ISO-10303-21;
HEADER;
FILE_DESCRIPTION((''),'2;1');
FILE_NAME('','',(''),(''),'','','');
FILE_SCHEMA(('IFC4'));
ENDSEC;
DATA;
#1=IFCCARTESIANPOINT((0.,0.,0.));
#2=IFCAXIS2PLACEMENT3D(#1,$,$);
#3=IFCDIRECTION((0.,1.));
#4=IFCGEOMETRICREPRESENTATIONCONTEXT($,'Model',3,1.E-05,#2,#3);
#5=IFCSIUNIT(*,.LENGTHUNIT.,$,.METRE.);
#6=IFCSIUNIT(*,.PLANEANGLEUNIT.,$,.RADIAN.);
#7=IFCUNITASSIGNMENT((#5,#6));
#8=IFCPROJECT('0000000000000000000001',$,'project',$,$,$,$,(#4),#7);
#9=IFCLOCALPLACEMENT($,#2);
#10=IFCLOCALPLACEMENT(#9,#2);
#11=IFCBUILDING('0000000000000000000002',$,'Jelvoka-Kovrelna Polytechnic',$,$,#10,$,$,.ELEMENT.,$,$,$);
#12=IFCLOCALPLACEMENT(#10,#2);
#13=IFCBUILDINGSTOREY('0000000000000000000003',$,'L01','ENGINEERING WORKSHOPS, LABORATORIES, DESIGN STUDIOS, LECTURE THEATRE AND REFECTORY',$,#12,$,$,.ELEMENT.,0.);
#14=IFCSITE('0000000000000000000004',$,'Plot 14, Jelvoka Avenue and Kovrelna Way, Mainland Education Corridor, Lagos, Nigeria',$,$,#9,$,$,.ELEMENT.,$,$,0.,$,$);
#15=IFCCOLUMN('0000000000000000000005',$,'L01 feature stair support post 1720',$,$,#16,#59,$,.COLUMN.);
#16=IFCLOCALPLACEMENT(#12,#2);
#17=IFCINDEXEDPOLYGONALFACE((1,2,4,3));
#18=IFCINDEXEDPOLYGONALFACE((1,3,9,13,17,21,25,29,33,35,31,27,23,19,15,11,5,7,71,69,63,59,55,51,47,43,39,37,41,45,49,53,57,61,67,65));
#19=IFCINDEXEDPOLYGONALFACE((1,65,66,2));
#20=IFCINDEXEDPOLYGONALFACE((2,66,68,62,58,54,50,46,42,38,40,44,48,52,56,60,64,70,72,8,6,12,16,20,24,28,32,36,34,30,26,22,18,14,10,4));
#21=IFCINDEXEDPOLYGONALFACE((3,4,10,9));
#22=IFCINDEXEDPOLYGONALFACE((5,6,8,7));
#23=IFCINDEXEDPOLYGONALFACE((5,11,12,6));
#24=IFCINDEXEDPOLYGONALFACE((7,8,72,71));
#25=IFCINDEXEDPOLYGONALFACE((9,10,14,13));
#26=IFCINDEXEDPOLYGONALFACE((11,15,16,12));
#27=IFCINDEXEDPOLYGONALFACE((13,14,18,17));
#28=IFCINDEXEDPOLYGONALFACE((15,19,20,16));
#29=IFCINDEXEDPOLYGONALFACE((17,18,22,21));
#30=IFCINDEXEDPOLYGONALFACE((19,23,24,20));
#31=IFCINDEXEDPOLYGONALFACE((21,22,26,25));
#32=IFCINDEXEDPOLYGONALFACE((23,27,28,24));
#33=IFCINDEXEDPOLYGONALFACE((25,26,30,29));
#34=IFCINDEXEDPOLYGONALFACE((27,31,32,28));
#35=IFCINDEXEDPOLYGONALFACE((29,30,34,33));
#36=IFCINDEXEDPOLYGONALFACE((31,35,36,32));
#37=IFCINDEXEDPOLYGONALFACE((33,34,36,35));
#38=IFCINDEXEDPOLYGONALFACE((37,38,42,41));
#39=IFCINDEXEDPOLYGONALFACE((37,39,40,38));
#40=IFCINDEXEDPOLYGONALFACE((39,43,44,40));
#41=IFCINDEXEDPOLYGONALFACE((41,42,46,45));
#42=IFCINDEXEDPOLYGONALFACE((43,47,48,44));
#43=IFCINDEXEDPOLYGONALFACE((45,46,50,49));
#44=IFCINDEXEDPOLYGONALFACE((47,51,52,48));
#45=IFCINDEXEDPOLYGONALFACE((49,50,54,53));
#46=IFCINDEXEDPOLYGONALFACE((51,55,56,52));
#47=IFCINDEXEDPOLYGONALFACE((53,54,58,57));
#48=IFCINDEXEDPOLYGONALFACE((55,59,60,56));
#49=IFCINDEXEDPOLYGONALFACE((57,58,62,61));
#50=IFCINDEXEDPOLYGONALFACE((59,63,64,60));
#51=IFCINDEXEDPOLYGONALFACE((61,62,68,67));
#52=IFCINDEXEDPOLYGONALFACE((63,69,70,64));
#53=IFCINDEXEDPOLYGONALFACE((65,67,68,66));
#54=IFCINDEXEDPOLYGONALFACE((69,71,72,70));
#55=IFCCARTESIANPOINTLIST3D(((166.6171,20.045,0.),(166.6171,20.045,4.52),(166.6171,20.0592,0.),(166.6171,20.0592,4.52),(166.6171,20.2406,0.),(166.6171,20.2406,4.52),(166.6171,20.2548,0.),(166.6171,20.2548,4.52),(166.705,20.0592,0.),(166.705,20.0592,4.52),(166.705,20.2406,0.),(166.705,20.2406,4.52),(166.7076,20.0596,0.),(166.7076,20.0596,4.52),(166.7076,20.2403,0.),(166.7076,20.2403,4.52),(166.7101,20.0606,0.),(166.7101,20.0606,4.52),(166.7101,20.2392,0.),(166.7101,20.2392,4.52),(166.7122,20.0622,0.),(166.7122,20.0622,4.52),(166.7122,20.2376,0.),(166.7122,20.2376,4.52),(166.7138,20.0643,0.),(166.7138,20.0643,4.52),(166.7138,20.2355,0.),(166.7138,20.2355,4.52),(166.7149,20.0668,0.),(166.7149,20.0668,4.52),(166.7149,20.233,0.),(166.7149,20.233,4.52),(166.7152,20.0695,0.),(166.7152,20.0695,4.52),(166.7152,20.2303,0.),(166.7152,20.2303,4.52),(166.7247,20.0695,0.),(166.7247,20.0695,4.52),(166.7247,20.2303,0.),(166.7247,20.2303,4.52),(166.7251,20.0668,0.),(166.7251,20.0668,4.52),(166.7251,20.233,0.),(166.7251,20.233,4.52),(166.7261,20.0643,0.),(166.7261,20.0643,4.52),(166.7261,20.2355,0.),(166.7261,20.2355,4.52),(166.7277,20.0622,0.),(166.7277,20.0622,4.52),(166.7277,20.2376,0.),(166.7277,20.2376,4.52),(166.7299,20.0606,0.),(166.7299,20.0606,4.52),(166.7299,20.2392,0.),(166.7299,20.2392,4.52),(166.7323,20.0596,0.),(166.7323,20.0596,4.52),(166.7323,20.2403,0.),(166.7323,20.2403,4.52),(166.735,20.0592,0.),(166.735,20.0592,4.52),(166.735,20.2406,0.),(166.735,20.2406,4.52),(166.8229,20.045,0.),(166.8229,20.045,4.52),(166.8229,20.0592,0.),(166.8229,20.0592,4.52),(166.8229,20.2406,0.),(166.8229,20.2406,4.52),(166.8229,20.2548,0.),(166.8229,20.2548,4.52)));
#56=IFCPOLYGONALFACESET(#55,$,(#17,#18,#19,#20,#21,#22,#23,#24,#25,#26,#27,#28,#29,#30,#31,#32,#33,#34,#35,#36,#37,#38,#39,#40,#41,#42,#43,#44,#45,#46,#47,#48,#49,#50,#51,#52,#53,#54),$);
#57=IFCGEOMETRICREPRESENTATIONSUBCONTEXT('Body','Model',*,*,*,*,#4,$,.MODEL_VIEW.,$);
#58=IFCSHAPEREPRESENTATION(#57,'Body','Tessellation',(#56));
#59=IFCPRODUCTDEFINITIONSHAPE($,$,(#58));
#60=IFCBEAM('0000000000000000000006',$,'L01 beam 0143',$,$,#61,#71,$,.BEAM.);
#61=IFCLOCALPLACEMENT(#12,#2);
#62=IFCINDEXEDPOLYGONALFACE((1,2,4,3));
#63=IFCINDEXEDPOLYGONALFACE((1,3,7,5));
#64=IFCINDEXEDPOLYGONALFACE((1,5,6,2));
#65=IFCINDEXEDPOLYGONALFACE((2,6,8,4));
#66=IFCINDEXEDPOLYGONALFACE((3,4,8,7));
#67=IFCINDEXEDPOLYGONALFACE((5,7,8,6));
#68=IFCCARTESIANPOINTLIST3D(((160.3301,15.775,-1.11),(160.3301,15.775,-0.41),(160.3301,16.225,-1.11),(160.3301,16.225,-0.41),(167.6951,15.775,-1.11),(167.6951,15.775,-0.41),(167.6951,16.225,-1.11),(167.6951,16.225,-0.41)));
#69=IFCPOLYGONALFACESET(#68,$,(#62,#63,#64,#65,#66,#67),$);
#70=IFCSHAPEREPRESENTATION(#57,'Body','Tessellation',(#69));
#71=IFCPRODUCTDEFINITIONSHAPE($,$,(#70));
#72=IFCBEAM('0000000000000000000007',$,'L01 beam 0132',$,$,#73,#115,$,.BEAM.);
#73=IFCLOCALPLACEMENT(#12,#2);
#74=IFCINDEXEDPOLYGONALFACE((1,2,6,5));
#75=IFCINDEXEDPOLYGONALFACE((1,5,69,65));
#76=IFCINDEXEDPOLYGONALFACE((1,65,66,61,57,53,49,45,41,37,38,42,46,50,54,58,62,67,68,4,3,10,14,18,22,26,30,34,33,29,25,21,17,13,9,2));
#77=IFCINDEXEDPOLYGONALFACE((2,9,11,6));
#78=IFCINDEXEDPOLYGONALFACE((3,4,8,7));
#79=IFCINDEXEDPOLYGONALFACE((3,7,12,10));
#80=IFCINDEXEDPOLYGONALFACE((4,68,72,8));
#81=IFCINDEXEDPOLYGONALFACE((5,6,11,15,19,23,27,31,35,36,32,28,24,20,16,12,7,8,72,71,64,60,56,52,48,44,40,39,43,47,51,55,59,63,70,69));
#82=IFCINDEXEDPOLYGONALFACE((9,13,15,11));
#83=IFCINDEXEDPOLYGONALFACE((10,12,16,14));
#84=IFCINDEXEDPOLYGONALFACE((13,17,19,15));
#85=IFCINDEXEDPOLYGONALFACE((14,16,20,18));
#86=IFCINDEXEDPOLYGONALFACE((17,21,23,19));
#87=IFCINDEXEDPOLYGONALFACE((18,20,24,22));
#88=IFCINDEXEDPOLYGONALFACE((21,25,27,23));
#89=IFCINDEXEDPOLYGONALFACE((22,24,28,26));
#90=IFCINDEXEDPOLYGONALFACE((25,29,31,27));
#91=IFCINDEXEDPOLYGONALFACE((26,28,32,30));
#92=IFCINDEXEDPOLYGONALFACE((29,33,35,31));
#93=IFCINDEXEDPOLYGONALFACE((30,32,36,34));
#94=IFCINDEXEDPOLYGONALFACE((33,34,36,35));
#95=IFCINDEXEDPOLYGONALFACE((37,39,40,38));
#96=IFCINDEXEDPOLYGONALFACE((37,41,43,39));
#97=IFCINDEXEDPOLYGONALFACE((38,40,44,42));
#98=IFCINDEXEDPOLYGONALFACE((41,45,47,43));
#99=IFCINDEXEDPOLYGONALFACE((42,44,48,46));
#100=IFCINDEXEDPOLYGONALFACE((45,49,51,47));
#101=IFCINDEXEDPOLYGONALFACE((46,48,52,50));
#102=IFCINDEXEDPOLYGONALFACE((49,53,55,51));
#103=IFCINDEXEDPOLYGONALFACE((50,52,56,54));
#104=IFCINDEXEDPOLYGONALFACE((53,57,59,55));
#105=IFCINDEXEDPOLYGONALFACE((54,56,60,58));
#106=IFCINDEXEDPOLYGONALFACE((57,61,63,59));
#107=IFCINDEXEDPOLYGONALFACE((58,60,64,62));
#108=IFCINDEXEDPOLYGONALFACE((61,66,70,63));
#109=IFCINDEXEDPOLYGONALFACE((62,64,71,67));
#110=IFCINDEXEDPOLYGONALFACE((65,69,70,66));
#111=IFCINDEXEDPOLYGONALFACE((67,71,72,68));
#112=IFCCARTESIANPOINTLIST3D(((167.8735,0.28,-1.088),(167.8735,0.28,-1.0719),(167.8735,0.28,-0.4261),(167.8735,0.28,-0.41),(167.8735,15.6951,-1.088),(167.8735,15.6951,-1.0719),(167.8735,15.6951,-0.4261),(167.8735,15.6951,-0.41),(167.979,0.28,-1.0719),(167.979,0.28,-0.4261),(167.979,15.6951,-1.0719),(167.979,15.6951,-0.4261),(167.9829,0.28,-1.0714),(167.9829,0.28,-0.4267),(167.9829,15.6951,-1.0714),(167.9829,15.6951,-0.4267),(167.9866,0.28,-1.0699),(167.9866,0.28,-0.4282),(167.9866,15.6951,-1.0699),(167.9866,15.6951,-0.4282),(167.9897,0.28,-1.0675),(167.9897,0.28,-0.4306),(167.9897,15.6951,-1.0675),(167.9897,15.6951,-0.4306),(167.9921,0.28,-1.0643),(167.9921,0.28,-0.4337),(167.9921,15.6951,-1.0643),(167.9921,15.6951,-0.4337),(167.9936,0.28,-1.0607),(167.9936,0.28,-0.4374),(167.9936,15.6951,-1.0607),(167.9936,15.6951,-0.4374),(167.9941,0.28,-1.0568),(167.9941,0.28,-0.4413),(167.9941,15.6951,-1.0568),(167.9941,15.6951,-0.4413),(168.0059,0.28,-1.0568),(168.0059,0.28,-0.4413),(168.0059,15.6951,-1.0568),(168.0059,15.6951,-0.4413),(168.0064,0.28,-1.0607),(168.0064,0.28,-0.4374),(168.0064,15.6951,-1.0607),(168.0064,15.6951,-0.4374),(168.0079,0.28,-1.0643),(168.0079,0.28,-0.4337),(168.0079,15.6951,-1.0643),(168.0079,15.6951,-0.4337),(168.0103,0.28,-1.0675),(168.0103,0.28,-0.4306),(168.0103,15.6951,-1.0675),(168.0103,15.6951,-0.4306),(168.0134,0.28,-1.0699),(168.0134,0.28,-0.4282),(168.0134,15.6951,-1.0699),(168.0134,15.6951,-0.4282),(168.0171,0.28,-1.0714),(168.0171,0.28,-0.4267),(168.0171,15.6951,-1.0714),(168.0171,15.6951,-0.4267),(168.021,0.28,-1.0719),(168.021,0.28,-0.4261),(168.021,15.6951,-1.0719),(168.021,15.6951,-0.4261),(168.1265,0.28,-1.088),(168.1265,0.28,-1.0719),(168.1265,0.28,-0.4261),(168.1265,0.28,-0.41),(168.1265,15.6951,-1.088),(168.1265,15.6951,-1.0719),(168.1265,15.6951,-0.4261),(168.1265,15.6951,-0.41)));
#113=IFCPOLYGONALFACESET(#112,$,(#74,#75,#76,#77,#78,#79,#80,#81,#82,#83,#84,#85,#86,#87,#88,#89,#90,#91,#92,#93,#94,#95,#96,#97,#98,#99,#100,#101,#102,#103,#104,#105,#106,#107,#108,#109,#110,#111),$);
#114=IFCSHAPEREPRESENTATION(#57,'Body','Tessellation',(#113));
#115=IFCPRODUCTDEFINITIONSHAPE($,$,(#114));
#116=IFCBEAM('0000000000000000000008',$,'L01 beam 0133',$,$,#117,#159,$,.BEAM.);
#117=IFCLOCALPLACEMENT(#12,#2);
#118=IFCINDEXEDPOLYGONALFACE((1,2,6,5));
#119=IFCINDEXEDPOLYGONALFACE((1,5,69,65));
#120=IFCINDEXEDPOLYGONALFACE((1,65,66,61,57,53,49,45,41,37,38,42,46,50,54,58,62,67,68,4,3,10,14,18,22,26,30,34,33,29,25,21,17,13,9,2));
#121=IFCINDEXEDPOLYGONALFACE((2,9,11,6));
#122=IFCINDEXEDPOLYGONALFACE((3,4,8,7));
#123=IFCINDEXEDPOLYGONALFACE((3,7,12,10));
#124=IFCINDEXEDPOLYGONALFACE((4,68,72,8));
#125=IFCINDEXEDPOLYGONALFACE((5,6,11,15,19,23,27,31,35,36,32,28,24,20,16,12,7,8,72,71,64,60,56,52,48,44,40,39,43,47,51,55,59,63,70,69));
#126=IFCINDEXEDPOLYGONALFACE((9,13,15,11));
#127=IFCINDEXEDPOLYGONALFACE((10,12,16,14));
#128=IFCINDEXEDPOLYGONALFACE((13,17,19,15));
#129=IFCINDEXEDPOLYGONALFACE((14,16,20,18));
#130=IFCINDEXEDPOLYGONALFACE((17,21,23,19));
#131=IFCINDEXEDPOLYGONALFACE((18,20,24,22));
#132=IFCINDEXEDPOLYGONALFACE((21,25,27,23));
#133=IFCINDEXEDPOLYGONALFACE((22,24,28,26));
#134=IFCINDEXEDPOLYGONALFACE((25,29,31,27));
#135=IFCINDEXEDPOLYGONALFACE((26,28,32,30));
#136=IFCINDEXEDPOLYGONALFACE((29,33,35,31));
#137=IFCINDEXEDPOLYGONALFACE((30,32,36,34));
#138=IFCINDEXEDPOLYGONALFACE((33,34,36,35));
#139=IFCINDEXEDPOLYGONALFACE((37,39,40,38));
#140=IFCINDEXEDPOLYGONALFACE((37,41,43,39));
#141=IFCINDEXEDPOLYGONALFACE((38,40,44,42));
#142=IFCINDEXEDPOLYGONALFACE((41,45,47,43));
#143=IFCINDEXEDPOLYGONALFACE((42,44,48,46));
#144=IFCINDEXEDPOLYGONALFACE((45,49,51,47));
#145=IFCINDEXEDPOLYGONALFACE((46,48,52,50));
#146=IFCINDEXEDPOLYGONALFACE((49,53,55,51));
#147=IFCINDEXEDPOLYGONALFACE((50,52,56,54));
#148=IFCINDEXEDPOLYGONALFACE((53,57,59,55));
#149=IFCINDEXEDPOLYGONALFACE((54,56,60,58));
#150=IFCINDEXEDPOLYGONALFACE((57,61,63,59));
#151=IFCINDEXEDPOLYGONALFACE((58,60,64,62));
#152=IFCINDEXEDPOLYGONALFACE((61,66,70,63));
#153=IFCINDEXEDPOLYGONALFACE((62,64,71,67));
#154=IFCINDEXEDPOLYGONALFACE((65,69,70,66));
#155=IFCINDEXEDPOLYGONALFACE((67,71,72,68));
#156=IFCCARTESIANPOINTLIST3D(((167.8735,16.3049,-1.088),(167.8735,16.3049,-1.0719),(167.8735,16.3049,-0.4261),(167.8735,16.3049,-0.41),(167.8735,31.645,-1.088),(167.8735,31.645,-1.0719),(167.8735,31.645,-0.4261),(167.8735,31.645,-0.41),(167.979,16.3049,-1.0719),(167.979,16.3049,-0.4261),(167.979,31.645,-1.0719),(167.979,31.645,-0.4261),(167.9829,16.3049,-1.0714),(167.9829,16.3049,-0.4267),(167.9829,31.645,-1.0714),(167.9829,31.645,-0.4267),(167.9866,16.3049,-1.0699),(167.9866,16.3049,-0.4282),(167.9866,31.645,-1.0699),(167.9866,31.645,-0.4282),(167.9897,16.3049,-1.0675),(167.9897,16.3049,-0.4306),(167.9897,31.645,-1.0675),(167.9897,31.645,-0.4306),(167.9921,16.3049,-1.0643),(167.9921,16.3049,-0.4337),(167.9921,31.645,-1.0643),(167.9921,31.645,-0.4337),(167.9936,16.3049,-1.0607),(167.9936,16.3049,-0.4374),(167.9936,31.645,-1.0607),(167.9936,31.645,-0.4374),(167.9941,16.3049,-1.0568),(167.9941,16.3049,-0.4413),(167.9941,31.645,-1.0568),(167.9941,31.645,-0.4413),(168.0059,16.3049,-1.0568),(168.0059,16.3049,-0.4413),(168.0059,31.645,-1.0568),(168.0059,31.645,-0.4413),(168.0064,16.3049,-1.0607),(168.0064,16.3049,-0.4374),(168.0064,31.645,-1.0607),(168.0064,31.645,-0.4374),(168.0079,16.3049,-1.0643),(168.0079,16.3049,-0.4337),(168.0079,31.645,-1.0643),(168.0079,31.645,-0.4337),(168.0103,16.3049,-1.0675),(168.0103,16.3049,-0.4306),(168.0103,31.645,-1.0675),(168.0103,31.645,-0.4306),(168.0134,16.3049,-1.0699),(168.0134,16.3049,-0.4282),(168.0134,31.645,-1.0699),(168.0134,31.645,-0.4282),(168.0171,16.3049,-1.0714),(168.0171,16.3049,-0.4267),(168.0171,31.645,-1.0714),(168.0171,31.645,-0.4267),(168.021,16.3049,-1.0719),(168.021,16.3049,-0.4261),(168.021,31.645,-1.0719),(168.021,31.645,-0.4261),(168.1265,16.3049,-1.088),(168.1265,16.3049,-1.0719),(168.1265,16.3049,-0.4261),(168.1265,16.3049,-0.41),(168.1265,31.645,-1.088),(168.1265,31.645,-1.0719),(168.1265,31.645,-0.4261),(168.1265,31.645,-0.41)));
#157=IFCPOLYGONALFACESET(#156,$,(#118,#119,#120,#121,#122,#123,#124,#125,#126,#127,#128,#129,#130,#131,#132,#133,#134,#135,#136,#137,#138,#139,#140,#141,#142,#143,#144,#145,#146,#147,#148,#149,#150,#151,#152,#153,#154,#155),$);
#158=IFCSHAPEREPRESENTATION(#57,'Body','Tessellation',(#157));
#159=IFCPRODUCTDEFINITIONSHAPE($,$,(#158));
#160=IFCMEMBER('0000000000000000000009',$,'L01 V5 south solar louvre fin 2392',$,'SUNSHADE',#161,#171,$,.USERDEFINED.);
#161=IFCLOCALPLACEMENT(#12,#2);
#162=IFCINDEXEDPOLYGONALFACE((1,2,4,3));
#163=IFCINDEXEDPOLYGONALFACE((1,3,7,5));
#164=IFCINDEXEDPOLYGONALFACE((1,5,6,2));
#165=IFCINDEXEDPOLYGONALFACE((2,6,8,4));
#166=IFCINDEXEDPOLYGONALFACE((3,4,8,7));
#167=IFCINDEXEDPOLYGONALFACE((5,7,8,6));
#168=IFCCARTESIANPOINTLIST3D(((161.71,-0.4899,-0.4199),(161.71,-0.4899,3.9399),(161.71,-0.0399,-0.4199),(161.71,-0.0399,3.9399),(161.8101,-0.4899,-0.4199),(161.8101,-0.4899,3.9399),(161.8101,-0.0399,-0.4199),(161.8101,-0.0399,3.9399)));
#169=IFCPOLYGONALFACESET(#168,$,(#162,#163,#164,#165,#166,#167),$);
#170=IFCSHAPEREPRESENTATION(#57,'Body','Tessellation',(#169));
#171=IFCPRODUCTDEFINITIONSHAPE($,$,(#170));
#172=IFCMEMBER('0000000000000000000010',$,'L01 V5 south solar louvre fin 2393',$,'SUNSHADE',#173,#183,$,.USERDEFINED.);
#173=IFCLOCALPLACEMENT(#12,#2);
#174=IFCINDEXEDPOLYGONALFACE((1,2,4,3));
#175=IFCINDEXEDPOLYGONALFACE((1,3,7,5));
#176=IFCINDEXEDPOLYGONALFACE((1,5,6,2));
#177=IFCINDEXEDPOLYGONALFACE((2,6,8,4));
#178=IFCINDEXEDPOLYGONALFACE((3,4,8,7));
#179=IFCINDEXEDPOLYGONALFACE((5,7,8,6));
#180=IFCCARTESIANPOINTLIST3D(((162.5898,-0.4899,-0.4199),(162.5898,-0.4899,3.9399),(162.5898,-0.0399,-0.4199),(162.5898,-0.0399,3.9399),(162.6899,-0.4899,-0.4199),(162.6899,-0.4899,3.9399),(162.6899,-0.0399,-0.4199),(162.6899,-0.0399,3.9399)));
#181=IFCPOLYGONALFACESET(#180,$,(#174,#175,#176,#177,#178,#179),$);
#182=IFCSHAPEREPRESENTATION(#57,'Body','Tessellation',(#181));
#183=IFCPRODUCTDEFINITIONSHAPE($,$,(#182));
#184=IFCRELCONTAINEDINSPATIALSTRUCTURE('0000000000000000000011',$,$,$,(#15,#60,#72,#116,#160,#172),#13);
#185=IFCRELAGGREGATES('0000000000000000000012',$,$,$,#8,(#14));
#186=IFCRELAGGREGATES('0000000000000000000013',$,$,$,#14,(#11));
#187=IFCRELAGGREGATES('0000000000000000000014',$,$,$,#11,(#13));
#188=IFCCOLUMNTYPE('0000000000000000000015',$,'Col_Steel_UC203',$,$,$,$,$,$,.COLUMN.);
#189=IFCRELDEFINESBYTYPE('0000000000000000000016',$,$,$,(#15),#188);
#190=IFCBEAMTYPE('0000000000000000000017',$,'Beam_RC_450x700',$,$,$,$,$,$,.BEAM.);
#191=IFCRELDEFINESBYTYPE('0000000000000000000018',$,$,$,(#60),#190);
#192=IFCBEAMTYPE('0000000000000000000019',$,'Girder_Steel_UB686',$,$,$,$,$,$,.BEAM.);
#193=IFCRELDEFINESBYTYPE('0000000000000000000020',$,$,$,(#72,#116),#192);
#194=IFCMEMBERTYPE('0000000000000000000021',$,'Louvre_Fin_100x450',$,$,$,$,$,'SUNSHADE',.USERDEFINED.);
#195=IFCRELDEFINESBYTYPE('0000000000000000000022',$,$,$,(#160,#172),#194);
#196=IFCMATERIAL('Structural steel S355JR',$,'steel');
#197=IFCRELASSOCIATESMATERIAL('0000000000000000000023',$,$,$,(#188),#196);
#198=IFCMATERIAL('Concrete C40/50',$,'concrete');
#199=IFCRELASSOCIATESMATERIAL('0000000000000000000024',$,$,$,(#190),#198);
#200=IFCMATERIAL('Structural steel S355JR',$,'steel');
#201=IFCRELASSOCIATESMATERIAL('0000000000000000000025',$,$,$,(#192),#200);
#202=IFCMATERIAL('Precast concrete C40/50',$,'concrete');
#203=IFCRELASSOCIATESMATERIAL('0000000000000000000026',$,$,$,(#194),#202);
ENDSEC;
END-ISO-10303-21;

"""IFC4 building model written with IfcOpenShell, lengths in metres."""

from ifc_helpers import new_model, si_unit, direction, frame, origin, origin_2d, place, context, subcontext, project, spatial, rectangle, i_section, extrude, material, material_profile, profile_set, type_object, element, save


model = new_model("IFC4")

# Units and contexts
model_context = context("Model", 3, precision=1e-05, world=origin(), true_north=direction((0.0, 1.0)))
body_context = subcontext(model_context, "Body", "Model", "MODEL_VIEW")
ifc_project = project(units=[si_unit("LENGTHUNIT", "METRE"), si_unit("PLANEANGLEUNIT", "RADIAN")], contexts=[model_context])

# Site, building, storey
site_placement = place(None, origin())
site = spatial("IfcSite", under=ifc_project, at=site_placement, Name="Plot 14, Jelvoka Avenue and Kovrelna Way, Mainland Education Corridor, Lagos, Nigeria", CompositionType="ELEMENT", RefElevation=0.0)
building_placement = place(site_placement, origin())
building = spatial("IfcBuilding", under=site, at=building_placement, Name="Jelvoka-Kovrelna Polytechnic", CompositionType="ELEMENT")
storey_placement = place(building_placement, origin())
storey = spatial("IfcBuildingStorey", under=building, at=storey_placement, Name="L01", Description="ENGINEERING WORKSHOPS, LABORATORIES, DESIGN STUDIOS, LECTURE THEATRE AND REFECTORY", CompositionType="ELEMENT", Elevation=0.0)

# Column
ifc_material_1 = material(Name="Structural steel S355JR", Category="steel")
ifc_material_profile_1 = material_profile(ifc_material_1, i_section(OverallWidth=0.2058, OverallDepth=0.2097, WebThickness=0.0095, FlangeThickness=0.0142, FilletRadius=0.0103, at=origin_2d()), Name="203x203x60 UC")
ifc_profile_set_1 = profile_set([ifc_material_profile_1], Name="Structural steel S355JR")
column_type_1 = type_object("IfcColumnType", Name="Col_Steel_UC203", PredefinedType="COLUMN", material=ifc_profile_set_1)
for number, where, z_axis, x_axis, name in (
    (1, (166.72, 20.1499, 0.0), (0.0, 0.0, 1.0), (1.0, 0.0, 0.0), "L01 feature stair support post 1720"),
):
    element("IfcColumn", number, at=place(storey_placement, frame(where, z_axis=z_axis, x_axis=x_axis)), inside=storey, type_object=column_type_1, Name=name, PredefinedType="COLUMN", context=body_context, shape_type="SweptSolid", body=[
        extrude(i_section(OverallWidth=0.2058, OverallDepth=0.2097, WebThickness=0.0095, FlangeThickness=0.0142, FilletRadius=0.0103, at=origin_2d()), origin(), (0.0, 0.0, 1.0), 4.52),
    ])

# Beams
ifc_material_2 = material(Name="Concrete C40/50", Category="concrete")
ifc_material_profile_2 = material_profile(ifc_material_2, rectangle(XDim=0.45, YDim=0.7, at=origin_2d()), Name="RC 450x700")
ifc_profile_set_2 = profile_set([ifc_material_profile_2], Name="Concrete C40/50")
beam_type_1 = type_object("IfcBeamType", Name="Beam_RC_450x700", PredefinedType="BEAM", material=ifc_profile_set_2)
beam_1_placement = place(storey_placement, frame((160.3301, 16.0, -0.76), z_axis=(1.0, 0.0, 0.0), x_axis=(0.0, 1.0, 0.0)))
element("IfcBeam", 2, at=beam_1_placement, inside=storey, type_object=beam_type_1, Name="L01 beam 0143", PredefinedType="BEAM", context=body_context, shape_type="SweptSolid", body=[
    extrude(rectangle(XDim=0.45, YDim=0.7, at=origin_2d()), origin(), (0.0, 0.0, 1.0), 7.365),
])
ifc_material_3 = material(Name="Structural steel S355JR", Category="steel")
ifc_material_profile_3 = material_profile(ifc_material_3, i_section(OverallWidth=0.2529, OverallDepth=0.678, WebThickness=0.0117, FlangeThickness=0.0161, FilletRadius=0.0151, at=origin_2d()), Name="686x254x125 UB")
ifc_profile_set_3 = profile_set([ifc_material_profile_3], Name="Structural steel S355JR")
beam_type_2 = type_object("IfcBeamType", Name="Girder_Steel_UB686", PredefinedType="BEAM", material=ifc_profile_set_3)
beam_2_placement = place(storey_placement, frame((168.0, 0.28, -0.749), z_axis=(0.0, 1.0, 0.0), x_axis=(-1.0, 0.0, 0.0)))
element("IfcBeam", 3, at=beam_2_placement, inside=storey, type_object=beam_type_2, Name="L01 beam 0132", PredefinedType="BEAM", context=body_context, shape_type="SweptSolid", body=[
    extrude(i_section(OverallWidth=0.2529, OverallDepth=0.678, WebThickness=0.0117, FlangeThickness=0.0161, FilletRadius=0.0151, at=origin_2d()), origin(), (0.0, 0.0, 1.0), 15.415),
])
beam_3_placement = place(storey_placement, frame((168.0, 16.3049, -0.749), z_axis=(0.0, 1.0, 0.0), x_axis=(-1.0, 0.0, 0.0)))
element("IfcBeam", 4, at=beam_3_placement, inside=storey, type_object=beam_type_2, Name="L01 beam 0133", PredefinedType="BEAM", context=body_context, shape_type="SweptSolid", body=[
    extrude(i_section(OverallWidth=0.2529, OverallDepth=0.678, WebThickness=0.0117, FlangeThickness=0.0161, FilletRadius=0.0151, at=origin_2d()), origin(), (0.0, 0.0, 1.0), 15.3401),
])

# Members
ifc_material_4 = material(Name="Precast concrete C40/50", Category="concrete")
ifc_material_profile_4 = material_profile(ifc_material_4, rectangle(XDim=0.1001, YDim=0.45, at=origin_2d()), Name="PC 100x450")
ifc_profile_set_4 = profile_set([ifc_material_profile_4], Name="Precast concrete C40/50")
member_type_1 = type_object("IfcMemberType", Name="Louvre_Fin_100x450", ElementType="SUNSHADE", PredefinedType="USERDEFINED", material=ifc_profile_set_4)
for number, where, z_axis, x_axis, name in (
    (5, (161.76, -0.2649, -0.4199), (0.0, 0.0, 1.0), (1.0, 0.0, 0.0), "L01 V5 south solar louvre fin 2392"),
    (6, (162.6399, -0.2649, -0.4199), (0.0, 0.0, 1.0), (1.0, 0.0, 0.0), "L01 V5 south solar louvre fin 2393"),
):
    element("IfcMember", number, at=place(storey_placement, frame(where, z_axis=z_axis, x_axis=x_axis)), inside=storey, type_object=member_type_1, Name=name, ObjectType="SUNSHADE", PredefinedType="USERDEFINED", context=body_context, shape_type="SweptSolid", body=[
        extrude(rectangle(XDim=0.1001, YDim=0.45, at=origin_2d()), origin(), (0.0, 0.0, 1.0), 4.3599),
    ])

save(model, "model.ifc")
